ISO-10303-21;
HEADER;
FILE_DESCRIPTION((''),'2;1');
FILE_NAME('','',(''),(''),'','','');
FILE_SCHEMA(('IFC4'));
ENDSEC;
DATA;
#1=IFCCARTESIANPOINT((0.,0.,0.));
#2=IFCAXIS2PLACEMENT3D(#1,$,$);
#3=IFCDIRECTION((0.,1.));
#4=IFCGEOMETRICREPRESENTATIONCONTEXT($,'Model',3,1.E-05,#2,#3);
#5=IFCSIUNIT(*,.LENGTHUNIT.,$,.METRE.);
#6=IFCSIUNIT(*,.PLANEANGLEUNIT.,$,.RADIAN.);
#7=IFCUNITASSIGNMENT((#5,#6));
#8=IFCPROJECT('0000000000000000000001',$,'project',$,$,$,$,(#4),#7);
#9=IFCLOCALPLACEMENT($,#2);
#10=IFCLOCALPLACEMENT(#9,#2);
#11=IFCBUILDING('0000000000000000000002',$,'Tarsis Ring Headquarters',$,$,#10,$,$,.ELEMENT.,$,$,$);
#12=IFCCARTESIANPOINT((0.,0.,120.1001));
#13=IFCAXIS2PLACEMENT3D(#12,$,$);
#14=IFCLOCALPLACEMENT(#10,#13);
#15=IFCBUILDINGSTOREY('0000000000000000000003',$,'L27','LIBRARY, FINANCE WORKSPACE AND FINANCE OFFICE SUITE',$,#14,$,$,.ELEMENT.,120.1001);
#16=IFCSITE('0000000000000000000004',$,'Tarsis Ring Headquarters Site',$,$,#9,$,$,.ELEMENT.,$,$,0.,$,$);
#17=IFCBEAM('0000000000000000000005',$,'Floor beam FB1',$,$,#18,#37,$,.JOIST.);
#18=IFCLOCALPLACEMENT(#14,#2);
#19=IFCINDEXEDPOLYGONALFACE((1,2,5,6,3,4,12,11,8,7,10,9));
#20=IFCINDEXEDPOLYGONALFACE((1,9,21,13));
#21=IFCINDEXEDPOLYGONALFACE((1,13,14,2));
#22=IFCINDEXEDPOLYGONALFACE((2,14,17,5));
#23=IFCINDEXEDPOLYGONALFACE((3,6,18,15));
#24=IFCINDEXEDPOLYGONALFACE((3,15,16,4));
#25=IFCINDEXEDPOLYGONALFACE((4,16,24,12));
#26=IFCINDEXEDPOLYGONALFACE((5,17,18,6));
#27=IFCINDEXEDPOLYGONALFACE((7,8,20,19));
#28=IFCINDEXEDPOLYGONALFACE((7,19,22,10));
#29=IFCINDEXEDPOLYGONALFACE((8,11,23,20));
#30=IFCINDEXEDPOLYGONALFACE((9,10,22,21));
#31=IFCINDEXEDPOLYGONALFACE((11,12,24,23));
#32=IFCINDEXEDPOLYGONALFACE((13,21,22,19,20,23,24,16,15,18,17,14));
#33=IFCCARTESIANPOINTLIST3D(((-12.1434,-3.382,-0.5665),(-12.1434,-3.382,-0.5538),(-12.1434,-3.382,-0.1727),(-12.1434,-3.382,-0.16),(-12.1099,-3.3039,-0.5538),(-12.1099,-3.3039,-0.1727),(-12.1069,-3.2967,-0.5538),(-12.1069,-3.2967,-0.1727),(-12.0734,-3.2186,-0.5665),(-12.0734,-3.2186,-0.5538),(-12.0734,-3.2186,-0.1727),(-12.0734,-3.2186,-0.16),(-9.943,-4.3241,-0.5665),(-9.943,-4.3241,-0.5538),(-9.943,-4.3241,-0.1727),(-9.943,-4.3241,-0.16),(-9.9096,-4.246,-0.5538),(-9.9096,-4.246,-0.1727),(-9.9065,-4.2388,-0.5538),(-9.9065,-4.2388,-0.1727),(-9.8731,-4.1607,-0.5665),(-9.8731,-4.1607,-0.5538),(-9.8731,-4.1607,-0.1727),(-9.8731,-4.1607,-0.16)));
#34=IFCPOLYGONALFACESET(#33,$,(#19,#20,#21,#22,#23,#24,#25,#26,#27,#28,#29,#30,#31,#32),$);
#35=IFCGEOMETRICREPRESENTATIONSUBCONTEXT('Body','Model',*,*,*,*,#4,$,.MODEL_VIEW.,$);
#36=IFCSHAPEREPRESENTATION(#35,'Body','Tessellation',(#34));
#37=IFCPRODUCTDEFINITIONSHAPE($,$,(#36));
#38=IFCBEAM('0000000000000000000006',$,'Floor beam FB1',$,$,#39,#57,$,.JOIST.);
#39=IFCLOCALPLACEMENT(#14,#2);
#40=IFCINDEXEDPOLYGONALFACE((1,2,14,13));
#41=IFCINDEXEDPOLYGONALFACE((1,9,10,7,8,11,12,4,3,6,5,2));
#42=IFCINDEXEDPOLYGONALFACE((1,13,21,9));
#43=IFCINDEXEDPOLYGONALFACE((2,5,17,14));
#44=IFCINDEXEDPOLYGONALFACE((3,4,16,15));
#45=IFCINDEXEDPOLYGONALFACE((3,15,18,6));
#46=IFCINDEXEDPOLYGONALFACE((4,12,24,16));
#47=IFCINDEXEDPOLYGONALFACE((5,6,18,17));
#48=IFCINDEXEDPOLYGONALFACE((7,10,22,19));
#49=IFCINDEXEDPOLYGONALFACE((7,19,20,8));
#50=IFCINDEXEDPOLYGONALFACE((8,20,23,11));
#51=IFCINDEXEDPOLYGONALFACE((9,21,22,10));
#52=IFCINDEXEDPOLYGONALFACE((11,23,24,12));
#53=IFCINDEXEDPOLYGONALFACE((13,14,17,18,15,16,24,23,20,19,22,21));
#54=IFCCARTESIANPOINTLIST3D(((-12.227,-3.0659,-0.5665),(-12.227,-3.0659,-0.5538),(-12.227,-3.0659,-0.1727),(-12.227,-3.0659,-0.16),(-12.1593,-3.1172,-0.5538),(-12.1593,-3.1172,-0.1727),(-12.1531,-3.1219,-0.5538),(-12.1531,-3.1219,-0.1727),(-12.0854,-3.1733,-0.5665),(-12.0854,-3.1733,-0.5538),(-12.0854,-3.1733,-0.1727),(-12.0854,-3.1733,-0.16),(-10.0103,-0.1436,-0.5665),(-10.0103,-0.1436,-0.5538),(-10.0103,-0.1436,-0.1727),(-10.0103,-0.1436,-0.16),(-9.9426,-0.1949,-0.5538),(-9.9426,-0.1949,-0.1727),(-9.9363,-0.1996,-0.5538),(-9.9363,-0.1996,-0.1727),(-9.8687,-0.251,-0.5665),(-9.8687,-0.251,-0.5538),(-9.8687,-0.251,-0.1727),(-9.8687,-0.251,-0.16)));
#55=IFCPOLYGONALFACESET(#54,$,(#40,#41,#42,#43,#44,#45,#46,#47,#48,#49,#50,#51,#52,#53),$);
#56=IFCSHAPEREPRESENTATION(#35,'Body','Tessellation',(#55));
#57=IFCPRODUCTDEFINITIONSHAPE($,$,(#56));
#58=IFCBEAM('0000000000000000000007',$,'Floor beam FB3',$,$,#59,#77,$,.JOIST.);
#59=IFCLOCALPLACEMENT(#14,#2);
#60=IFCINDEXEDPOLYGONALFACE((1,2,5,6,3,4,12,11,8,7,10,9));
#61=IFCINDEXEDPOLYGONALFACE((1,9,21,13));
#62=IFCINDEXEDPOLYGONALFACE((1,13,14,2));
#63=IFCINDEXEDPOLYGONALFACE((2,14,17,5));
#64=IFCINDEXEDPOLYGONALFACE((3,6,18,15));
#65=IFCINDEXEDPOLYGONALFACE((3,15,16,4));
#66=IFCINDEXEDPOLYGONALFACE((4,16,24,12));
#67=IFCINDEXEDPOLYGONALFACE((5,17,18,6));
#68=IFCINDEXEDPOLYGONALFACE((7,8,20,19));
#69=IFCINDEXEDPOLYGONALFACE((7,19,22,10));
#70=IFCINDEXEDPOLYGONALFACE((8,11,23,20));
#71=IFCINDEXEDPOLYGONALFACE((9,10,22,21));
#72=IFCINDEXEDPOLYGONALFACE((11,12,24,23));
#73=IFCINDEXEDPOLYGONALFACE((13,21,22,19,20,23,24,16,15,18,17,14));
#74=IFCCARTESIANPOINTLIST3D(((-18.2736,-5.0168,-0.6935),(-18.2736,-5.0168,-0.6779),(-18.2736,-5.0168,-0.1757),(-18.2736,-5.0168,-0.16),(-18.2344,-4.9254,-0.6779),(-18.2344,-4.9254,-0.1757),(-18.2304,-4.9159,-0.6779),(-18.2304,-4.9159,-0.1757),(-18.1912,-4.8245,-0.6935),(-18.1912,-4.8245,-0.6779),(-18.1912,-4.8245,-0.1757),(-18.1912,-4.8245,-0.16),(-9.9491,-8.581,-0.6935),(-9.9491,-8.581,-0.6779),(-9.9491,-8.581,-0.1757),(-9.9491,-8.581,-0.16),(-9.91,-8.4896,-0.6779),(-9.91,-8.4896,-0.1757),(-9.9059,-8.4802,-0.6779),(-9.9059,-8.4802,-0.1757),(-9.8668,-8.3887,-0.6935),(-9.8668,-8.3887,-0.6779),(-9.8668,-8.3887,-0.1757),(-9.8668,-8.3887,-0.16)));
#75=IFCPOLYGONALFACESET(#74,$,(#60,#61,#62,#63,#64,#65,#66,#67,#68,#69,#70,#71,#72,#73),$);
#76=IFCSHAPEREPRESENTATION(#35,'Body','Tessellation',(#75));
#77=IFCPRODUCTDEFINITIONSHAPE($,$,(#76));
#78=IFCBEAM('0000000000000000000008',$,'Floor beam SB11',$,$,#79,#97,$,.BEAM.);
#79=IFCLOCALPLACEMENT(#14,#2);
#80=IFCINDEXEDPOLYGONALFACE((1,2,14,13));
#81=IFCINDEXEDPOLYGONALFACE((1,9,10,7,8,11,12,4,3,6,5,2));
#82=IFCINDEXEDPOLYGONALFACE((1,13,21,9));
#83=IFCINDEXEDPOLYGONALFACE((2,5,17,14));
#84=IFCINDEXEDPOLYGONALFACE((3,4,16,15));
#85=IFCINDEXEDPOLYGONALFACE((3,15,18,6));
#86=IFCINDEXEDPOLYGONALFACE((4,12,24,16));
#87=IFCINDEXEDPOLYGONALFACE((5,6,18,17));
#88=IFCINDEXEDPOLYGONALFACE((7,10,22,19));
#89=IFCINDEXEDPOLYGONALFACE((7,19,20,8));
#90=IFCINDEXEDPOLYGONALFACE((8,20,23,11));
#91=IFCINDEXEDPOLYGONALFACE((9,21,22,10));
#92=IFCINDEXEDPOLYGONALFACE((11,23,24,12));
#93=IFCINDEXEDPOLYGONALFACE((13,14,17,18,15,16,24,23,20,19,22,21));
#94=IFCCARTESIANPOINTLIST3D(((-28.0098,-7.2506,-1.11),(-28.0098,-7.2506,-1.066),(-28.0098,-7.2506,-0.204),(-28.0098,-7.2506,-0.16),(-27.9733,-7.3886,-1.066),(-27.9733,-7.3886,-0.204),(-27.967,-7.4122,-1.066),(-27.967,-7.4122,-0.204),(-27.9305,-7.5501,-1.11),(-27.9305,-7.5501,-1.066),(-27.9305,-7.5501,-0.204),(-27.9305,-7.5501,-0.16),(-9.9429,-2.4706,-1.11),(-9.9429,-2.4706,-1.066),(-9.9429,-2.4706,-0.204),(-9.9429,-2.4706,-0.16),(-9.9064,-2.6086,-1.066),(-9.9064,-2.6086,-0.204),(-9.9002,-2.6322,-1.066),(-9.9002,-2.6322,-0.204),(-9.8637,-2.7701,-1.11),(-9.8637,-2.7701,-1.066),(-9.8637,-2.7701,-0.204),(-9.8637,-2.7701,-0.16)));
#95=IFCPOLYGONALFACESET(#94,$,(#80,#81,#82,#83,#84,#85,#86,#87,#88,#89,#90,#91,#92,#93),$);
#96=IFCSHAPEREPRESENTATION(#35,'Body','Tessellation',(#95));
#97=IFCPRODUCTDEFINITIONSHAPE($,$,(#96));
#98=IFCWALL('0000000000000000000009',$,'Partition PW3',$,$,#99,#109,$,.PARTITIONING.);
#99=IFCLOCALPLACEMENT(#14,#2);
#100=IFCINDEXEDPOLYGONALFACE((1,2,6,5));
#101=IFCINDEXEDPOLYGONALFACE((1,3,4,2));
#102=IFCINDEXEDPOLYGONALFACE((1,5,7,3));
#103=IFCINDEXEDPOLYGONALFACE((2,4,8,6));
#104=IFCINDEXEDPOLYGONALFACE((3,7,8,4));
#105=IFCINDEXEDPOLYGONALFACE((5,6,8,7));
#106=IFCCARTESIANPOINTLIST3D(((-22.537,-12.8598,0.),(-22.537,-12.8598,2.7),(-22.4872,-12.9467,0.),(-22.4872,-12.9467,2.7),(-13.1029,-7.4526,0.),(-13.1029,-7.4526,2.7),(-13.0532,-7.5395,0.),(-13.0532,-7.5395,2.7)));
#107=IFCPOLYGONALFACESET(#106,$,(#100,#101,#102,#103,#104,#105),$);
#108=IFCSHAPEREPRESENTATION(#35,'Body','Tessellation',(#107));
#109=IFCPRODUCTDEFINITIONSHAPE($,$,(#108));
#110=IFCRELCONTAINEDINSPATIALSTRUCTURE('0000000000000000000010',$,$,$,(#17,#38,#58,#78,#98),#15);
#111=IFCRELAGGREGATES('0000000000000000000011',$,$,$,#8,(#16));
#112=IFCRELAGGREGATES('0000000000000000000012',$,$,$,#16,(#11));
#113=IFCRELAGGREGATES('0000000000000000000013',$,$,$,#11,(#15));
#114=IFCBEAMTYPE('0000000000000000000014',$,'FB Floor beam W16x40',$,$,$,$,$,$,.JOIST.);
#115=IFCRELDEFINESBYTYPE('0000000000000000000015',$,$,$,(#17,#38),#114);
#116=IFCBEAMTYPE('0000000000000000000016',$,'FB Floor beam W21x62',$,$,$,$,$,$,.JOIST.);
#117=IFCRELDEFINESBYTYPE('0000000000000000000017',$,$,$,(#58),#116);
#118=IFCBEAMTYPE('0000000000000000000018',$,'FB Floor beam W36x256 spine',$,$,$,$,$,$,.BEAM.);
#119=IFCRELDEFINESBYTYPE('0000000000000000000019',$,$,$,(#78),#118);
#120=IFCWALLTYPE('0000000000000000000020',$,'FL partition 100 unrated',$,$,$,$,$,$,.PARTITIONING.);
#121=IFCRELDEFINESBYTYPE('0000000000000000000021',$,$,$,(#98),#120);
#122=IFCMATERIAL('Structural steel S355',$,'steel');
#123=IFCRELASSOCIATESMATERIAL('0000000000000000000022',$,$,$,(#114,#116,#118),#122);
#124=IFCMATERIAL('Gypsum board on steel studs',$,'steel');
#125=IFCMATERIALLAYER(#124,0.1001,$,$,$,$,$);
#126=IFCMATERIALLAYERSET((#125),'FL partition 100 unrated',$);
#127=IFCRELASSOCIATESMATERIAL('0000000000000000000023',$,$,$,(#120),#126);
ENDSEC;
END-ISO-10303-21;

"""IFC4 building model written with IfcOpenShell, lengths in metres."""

from ifc_helpers import new_model, si_unit, direction, frame, frame_2d, origin, origin_2d, place, context, subcontext, project, spatial, rectangle, i_section, extrude, material, layer, layer_set, material_profile, profile_set, type_object, element, save


model = new_model("IFC4")

# Units and contexts
model_context = context("Model", 3, precision=1e-05, world=origin(), true_north=direction((0.0, 1.0)))
body_context = subcontext(model_context, "Body", "Model", "MODEL_VIEW")
ifc_project = project(units=[si_unit("LENGTHUNIT", "METRE"), si_unit("PLANEANGLEUNIT", "RADIAN")], contexts=[model_context])

# Site, building, storey
site_placement = place(None, origin())
site = spatial("IfcSite", under=ifc_project, at=site_placement, Name="Tarsis Ring Headquarters Site", CompositionType="ELEMENT", RefElevation=0.0)
building_placement = place(site_placement, origin())
building = spatial("IfcBuilding", under=site, at=building_placement, Name="Tarsis Ring Headquarters", CompositionType="ELEMENT")
storey_placement = place(building_placement, frame((0.0, 0.0, 120.1001)))
storey = spatial("IfcBuildingStorey", under=building, at=storey_placement, Name="L27", Description="LIBRARY, FINANCE WORKSPACE AND FINANCE OFFICE SUITE", CompositionType="ELEMENT", Elevation=120.1001)

# Beams
ifc_material_1 = material(Name="Structural steel S355", Category="steel")
ifc_material_profile_1 = material_profile(ifc_material_1, i_section(OverallWidth=0.1777, OverallDepth=0.4065, WebThickness=0.0078, FlangeThickness=0.0127, at=origin_2d()), Name="W16x40")
ifc_profile_set_1 = profile_set([ifc_material_profile_1], Name="Structural steel S355")
beam_type_1 = type_object("IfcBeamType", Name="FB Floor beam W16x40", PredefinedType="JOIST", material=ifc_profile_set_1)
beam_1_placement = place(storey_placement, frame((-12.1084, -3.3003, -0.3633), z_axis=(0.919282, -0.393599, 0.0), x_axis=(0.393599, 0.919282, 0.0)))
element("IfcBeam", 1, at=beam_1_placement, inside=storey, type_object=beam_type_1, Name="Floor beam FB1", PredefinedType="JOIST", context=body_context, shape_type="SweptSolid", body=[
    extrude(i_section(OverallWidth=0.1777, OverallDepth=0.4065, WebThickness=0.0078, FlangeThickness=0.0127, at=origin_2d()), origin(), (0.0, 0.0, 1.0), 2.3936),
])
beam_2_placement = place(storey_placement, frame((-9.9395, -0.1973, -0.3633), z_axis=(-0.604357, -0.796713, 0.0), x_axis=(0.796713, -0.604357, 0.0)))
element("IfcBeam", 2, at=beam_2_placement, inside=storey, type_object=beam_type_1, Name="Floor beam FB1", PredefinedType="JOIST", context=body_context, shape_type="SweptSolid", body=[
    extrude(i_section(OverallWidth=0.1777, OverallDepth=0.4065, WebThickness=0.0078, FlangeThickness=0.0127, at=origin_2d()), origin(), (0.0, 0.0, 1.0), 3.668),
])
ifc_material_profile_2 = material_profile(ifc_material_1, i_section(OverallWidth=0.2092, OverallDepth=0.5334, WebThickness=0.0103, FlangeThickness=0.0156, at=origin_2d()), Name="W21x62")
ifc_profile_set_2 = profile_set([ifc_material_profile_2], Name="Structural steel S355")
beam_type_2 = type_object("IfcBeamType", Name="FB Floor beam W21x62", PredefinedType="JOIST", material=ifc_profile_set_2)
beam_3_placement = place(storey_placement, frame((-18.2324, -4.9207, -0.4268), z_axis=(0.919282, -0.3936, 0.0), x_axis=(0.3936, 0.919282, 0.0)))
element("IfcBeam", 3, at=beam_3_placement, inside=storey, type_object=beam_type_2, Name="Floor beam FB3", PredefinedType="JOIST", context=body_context, shape_type="SweptSolid", body=[
    extrude(i_section(OverallWidth=0.2092, OverallDepth=0.5334, WebThickness=0.0103, FlangeThickness=0.0156, at=origin_2d()), origin(), (0.0, 0.0, 1.0), 9.0554),
])
ifc_material_profile_3 = material_profile(ifc_material_1, i_section(OverallWidth=0.3098, OverallDepth=0.95, WebThickness=0.0244, FlangeThickness=0.0439, at=origin_2d()), Name="W36x256")
ifc_profile_set_3 = profile_set([ifc_material_profile_3], Name="Structural steel S355")
beam_type_3 = type_object("IfcBeamType", Name="FB Floor beam W36x256 spine", PredefinedType="BEAM", material=ifc_profile_set_3)
beam_4_placement = place(storey_placement, frame((-9.9033, -2.6204, -0.635), z_axis=(-0.966737, -0.255773, 0.0), x_axis=(0.255773, -0.966737, 0.0)))
element("IfcBeam", 4, at=beam_4_placement, inside=storey, type_object=beam_type_3, Name="Floor beam SB11", PredefinedType="BEAM", context=body_context, shape_type="SweptSolid", body=[
    extrude(i_section(OverallWidth=0.3098, OverallDepth=0.95, WebThickness=0.0244, FlangeThickness=0.0439, at=origin_2d()), origin(), (0.0, 0.0, 1.0), 18.6885),
])

# Wall
ifc_material_2 = material(Name="Gypsum board on steel studs", Category="steel")
ifc_layer_1 = layer(ifc_material_2, 0.1001)
ifc_layer_set_1 = layer_set([ifc_layer_1], Name="FL partition 100 unrated")
wall_type_1 = type_object("IfcWallType", Name="FL partition 100 unrated", PredefinedType="PARTITIONING", material=ifc_layer_set_1)
wall_1_placement = place(storey_placement, frame((-22.5122, -12.9033, 0.0), z_axis=(0.0, 0.0, 1.0), x_axis=(0.867596, 0.49727, 0.0)))
element("IfcWall", 5, at=wall_1_placement, inside=storey, type_object=wall_type_1, Name="Partition PW3", PredefinedType="PARTITIONING", context=body_context, shape_type="SweptSolid", body=[
    extrude(rectangle(XDim=10.8738, YDim=0.1001, at=frame_2d((5.437, 0.0))), origin(), (0.0, 0.0, 1.0), 2.7),
])

save(model, "model.ifc")
